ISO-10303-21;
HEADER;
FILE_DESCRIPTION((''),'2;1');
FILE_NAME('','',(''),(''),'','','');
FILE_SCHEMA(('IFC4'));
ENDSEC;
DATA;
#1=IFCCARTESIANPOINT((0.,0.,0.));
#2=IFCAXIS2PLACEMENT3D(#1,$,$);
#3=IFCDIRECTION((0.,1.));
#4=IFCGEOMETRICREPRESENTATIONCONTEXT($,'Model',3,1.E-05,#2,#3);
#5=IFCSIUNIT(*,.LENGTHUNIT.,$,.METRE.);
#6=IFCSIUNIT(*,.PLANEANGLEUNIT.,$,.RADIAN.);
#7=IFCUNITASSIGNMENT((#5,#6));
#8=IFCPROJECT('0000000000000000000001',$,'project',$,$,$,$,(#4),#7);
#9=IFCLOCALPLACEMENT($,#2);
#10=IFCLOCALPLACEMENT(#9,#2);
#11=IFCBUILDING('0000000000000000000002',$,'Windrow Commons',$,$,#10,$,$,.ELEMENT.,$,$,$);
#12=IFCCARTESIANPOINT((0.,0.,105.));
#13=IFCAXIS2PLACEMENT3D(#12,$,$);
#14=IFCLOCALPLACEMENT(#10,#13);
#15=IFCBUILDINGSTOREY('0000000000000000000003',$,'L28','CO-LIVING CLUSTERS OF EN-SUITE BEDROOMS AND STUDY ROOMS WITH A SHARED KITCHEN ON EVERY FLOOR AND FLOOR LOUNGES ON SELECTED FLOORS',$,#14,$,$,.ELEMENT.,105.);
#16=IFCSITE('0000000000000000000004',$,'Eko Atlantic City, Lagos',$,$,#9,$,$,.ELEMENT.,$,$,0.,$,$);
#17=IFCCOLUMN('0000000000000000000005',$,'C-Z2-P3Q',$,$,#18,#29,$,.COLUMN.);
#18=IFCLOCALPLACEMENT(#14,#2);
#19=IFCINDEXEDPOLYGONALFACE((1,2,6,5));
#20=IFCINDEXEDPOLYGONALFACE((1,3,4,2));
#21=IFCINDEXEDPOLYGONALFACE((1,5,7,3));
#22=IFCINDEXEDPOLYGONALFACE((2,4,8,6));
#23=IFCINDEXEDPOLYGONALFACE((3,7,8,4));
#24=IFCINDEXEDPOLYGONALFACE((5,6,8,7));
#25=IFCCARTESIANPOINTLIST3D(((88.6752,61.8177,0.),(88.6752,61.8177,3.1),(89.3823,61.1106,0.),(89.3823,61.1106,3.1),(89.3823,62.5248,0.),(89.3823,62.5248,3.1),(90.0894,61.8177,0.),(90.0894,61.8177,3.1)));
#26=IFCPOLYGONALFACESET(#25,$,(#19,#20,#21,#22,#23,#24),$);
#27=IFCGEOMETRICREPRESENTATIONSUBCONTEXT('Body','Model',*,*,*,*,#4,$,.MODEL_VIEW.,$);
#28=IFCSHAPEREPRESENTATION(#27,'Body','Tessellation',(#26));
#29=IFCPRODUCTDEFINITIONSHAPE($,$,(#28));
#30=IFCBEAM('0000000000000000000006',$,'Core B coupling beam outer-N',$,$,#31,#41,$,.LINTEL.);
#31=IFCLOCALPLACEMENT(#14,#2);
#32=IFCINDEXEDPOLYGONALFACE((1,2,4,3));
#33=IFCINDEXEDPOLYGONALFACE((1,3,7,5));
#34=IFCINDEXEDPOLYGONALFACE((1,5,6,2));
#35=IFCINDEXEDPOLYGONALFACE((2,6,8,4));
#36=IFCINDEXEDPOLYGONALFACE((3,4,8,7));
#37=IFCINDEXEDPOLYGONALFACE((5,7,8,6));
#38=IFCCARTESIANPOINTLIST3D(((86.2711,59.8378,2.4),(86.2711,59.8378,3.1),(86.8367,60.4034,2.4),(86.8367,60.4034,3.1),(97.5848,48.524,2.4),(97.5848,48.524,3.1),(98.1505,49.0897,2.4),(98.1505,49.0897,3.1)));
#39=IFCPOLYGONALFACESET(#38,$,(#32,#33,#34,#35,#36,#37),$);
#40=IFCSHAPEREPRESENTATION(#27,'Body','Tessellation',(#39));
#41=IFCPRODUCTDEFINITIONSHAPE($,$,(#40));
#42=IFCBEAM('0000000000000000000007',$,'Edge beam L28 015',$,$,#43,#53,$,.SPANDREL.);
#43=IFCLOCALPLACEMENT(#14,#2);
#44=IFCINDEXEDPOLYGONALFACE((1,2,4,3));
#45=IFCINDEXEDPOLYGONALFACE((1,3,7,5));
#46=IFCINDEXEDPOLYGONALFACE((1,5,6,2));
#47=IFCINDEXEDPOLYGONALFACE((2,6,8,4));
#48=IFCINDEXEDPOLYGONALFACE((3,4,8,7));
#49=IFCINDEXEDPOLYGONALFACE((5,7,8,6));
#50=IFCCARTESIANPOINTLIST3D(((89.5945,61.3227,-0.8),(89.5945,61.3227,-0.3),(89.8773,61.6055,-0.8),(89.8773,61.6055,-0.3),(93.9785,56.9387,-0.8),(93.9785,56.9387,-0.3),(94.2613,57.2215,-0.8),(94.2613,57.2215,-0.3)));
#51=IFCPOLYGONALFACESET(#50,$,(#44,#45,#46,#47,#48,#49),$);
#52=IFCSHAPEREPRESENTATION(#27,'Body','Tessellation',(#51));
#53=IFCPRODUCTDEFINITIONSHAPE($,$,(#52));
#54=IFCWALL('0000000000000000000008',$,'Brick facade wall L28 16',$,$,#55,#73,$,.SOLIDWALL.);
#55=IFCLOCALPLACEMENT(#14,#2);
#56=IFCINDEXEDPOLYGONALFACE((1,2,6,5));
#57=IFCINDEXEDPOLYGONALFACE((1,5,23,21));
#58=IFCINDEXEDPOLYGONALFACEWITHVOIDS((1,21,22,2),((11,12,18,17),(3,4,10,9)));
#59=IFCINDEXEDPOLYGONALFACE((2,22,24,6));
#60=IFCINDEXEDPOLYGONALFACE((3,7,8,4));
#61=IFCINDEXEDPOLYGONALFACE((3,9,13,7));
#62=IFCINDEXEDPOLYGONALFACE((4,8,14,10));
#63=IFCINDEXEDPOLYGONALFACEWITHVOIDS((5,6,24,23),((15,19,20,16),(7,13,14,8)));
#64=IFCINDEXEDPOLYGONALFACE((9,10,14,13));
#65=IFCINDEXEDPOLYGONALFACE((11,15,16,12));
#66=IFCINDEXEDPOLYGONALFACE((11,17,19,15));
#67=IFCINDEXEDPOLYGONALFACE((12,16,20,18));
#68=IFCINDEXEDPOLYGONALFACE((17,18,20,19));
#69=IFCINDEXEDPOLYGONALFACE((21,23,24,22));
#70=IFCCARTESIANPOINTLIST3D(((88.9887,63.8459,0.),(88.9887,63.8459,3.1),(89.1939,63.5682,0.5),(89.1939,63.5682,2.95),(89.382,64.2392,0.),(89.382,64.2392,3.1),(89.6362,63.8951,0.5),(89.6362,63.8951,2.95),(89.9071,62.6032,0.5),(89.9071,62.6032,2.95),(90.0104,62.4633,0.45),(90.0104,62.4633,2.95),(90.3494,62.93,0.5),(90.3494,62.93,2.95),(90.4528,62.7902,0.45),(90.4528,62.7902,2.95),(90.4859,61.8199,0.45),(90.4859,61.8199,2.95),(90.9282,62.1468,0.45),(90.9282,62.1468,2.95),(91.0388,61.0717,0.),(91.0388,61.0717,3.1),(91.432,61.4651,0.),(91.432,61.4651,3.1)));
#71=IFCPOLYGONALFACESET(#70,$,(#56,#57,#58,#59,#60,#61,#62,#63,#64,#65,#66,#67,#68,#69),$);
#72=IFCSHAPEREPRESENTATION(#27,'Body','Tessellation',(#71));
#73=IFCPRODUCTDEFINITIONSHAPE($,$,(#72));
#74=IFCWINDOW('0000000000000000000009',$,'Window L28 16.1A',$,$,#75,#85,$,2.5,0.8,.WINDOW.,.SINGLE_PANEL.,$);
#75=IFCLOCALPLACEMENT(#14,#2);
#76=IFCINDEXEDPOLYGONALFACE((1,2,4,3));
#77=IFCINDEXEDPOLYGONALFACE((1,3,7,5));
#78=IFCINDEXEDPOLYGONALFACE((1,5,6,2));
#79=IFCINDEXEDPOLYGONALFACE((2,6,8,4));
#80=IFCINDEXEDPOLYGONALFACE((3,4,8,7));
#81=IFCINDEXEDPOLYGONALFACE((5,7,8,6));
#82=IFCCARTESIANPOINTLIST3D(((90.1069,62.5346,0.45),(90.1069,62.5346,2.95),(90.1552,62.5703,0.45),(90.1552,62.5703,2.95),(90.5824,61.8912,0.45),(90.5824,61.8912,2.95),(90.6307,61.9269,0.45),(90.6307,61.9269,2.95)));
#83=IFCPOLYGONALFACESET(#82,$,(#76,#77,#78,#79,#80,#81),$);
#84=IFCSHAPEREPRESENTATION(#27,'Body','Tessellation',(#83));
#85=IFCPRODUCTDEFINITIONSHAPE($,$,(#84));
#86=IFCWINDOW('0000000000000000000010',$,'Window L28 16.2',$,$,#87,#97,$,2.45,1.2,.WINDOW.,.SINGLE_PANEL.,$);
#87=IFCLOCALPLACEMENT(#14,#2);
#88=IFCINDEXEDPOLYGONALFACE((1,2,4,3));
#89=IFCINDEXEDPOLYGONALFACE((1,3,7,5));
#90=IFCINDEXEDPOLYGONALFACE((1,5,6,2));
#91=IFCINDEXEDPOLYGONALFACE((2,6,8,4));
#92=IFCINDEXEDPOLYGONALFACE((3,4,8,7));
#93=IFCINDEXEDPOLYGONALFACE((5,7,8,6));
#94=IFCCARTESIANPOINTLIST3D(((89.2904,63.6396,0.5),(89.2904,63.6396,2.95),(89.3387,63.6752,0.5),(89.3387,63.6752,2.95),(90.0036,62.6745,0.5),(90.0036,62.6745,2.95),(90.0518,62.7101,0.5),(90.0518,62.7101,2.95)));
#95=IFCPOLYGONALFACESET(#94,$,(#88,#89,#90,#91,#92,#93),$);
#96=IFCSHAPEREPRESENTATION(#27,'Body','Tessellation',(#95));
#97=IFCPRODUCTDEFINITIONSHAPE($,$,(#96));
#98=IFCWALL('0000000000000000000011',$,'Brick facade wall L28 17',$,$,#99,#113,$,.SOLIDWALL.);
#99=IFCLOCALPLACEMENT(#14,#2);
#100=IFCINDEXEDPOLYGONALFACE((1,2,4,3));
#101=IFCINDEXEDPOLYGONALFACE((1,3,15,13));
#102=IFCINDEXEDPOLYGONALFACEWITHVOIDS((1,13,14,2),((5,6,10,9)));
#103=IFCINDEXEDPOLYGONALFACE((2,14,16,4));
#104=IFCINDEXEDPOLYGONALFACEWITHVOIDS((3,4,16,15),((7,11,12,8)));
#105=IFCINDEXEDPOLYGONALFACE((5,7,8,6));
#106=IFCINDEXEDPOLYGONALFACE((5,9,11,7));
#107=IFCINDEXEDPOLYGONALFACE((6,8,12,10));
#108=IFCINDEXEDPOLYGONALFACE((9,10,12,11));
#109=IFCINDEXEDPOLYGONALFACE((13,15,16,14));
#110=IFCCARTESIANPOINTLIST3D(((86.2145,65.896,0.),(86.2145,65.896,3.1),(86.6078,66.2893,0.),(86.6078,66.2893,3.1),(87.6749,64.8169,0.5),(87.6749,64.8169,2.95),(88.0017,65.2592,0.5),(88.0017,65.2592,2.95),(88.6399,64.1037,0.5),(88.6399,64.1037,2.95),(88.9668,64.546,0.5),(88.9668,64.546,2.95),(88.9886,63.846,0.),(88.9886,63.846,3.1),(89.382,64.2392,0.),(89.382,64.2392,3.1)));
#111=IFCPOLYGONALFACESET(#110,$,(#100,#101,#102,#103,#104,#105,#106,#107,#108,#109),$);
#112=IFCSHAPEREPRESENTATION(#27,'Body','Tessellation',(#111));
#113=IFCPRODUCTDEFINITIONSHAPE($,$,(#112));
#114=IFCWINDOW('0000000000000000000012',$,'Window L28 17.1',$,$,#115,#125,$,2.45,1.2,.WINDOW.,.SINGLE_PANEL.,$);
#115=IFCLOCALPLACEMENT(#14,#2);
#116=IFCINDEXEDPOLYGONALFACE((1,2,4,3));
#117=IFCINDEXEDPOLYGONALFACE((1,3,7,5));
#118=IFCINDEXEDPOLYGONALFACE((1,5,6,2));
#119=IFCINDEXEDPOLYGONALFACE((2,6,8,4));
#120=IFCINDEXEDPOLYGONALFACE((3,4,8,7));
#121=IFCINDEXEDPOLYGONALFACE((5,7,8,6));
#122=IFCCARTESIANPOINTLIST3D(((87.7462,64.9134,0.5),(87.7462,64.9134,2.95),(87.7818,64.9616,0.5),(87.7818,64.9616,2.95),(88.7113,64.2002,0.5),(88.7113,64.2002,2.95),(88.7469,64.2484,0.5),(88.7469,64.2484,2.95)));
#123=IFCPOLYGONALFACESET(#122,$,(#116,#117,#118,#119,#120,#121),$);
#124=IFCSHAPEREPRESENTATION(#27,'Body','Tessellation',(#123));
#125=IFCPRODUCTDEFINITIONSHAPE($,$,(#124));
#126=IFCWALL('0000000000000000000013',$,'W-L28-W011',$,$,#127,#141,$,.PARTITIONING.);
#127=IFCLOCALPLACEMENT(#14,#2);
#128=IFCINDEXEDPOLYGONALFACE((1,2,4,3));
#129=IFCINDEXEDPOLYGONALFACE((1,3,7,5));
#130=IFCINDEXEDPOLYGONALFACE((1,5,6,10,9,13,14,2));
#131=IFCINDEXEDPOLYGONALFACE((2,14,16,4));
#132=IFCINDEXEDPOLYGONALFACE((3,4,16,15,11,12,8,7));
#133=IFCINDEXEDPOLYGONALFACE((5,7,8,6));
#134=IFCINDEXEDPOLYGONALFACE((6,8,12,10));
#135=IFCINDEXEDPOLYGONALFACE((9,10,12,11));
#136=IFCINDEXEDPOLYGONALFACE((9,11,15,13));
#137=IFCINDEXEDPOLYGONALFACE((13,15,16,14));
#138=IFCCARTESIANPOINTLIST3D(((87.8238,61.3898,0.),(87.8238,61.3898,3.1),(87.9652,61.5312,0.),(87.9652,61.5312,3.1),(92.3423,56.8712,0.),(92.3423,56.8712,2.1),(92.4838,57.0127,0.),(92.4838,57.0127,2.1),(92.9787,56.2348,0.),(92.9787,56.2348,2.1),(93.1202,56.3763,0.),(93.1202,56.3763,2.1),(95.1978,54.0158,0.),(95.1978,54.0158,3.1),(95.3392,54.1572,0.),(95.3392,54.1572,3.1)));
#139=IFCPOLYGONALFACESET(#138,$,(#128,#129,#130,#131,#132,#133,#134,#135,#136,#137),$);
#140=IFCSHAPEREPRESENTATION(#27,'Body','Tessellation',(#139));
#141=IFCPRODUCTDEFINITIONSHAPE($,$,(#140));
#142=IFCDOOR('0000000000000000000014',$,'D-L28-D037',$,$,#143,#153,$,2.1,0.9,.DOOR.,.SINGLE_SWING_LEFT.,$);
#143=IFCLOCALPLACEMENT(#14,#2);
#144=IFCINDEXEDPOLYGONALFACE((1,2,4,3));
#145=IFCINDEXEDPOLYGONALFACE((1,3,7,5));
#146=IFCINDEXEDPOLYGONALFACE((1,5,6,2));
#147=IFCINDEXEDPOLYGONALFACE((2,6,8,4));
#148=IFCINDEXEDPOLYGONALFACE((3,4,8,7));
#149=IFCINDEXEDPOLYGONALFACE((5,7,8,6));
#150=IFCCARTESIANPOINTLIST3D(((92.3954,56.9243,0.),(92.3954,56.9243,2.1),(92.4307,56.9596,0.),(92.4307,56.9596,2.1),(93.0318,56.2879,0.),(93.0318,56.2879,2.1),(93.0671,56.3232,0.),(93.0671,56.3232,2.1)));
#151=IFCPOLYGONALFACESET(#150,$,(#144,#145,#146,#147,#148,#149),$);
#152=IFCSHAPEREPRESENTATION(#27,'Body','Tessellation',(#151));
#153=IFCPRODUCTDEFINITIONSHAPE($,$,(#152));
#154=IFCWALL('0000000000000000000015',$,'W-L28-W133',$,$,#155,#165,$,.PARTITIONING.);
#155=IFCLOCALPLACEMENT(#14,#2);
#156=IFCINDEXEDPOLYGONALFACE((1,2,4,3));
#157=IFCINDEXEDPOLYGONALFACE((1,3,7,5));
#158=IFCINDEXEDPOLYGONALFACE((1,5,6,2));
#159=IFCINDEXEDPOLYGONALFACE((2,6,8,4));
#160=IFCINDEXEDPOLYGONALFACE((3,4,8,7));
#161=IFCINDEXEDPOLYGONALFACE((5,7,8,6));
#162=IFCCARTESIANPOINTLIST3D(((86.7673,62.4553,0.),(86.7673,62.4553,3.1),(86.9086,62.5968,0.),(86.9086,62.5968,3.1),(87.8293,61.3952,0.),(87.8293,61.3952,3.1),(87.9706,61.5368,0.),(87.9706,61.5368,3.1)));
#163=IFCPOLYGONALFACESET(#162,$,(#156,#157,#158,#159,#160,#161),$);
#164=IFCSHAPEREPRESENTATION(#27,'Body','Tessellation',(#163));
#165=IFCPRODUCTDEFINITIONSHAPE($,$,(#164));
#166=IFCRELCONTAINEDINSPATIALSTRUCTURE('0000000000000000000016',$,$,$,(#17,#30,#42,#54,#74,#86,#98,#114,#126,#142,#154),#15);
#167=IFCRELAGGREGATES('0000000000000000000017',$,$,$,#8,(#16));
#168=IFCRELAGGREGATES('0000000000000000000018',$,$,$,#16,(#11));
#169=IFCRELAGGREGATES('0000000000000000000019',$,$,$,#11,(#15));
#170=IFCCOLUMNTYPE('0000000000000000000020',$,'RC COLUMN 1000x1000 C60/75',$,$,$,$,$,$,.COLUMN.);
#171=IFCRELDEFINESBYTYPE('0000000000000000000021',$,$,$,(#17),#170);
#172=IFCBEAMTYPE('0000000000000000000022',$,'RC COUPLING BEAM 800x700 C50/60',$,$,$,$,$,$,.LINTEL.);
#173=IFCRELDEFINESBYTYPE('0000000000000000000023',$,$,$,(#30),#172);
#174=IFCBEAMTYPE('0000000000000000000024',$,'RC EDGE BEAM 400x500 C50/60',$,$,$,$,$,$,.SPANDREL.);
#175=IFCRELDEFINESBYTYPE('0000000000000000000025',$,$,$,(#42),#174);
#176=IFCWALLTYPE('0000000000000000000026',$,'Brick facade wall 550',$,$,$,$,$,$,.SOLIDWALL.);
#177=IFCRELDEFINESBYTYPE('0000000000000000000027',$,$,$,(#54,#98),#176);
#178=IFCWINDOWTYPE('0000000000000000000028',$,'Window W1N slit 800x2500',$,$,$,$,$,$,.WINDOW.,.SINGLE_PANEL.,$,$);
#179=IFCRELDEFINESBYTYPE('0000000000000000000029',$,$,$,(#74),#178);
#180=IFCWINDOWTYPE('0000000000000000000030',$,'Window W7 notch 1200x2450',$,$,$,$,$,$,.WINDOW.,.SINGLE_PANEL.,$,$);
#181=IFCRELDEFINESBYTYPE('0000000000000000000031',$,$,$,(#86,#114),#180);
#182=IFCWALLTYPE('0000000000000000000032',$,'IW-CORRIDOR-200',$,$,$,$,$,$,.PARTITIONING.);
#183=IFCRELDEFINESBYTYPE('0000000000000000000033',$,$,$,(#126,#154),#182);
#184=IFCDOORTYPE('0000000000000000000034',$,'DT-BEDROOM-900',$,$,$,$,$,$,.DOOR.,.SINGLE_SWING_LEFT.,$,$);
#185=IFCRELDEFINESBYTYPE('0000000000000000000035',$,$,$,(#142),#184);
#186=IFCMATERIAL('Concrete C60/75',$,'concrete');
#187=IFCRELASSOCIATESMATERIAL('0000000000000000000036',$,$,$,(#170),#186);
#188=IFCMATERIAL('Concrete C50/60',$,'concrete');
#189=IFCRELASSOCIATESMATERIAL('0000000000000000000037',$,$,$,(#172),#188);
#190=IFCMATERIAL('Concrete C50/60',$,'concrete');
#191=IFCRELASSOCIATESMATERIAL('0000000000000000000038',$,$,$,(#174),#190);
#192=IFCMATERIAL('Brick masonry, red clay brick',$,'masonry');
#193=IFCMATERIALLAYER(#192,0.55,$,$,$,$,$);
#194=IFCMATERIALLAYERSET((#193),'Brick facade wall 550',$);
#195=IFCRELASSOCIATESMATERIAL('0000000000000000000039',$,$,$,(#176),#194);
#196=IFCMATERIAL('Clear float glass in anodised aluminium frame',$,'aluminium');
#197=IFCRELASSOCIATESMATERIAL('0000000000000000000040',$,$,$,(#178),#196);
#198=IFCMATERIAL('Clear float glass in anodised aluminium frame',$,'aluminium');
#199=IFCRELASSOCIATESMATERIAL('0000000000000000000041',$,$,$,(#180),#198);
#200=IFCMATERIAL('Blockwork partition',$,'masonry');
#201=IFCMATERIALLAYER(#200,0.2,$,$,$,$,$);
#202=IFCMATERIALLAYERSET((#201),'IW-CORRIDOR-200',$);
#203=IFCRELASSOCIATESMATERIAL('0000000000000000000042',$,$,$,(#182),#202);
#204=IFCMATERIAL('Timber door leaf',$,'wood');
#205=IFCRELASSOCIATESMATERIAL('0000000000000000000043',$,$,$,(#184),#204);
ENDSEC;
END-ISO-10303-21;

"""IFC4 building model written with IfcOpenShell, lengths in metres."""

from ifc_helpers import new_model, si_unit, direction, frame, frame_2d, origin, origin_2d, place, context, subcontext, project, spatial, polyline, rectangle, outline, extrude, material, layer, layer_set, material_profile, profile_set, type_object, element, fill, save


model = new_model("IFC4")

# Units and contexts
model_context = context("Model", 3, precision=1e-05, world=origin(), true_north=direction((0.0, 1.0)))
body_context = subcontext(model_context, "Body", "Model", "MODEL_VIEW")
ifc_project = project(units=[si_unit("LENGTHUNIT", "METRE"), si_unit("PLANEANGLEUNIT", "RADIAN")], contexts=[model_context])

# Site, building, storey
site_placement = place(None, origin())
site = spatial("IfcSite", under=ifc_project, at=site_placement, Name="Eko Atlantic City, Lagos", CompositionType="ELEMENT", RefElevation=0.0)
building_placement = place(site_placement, origin())
building = spatial("IfcBuilding", under=site, at=building_placement, Name="Windrow Commons", CompositionType="ELEMENT")
storey_placement = place(building_placement, frame((0.0, 0.0, 105.0)))
storey = spatial("IfcBuildingStorey", under=building, at=storey_placement, Name="L28", Description="CO-LIVING CLUSTERS OF EN-SUITE BEDROOMS AND STUDY ROOMS WITH A SHARED KITCHEN ON EVERY FLOOR AND FLOOR LOUNGES ON SELECTED FLOORS", CompositionType="ELEMENT", Elevation=105.0)

# Column
ifc_material_1 = material(Name="Concrete C60/75", Category="concrete")
ifc_material_profile_1 = material_profile(ifc_material_1, rectangle(XDim=1.0, YDim=1.0, at=origin_2d()))
ifc_profile_set_1 = profile_set([ifc_material_profile_1], Name="Concrete C60/75")
column_type = type_object("IfcColumnType", Name="RC COLUMN 1000x1000 C60/75", PredefinedType="COLUMN", material=ifc_profile_set_1)
column_placement = place(storey_placement, frame((89.3823, 61.8177, 0.0), z_axis=(0.0, 0.0, 1.0), x_axis=(0.707107, -0.707107, 0.0)))
element("IfcColumn", 1, at=column_placement, inside=storey, type_object=column_type, Name="C-Z2-P3Q", PredefinedType="COLUMN", context=body_context, shape_type="SweptSolid", body=[
    extrude(rectangle(XDim=1.0, YDim=1.0, at=origin_2d()), origin(), (0.0, 0.0, 1.0), 3.1),
])

# Beams
ifc_material_2 = material(Name="Concrete C50/60", Category="concrete")
ifc_material_profile_2 = material_profile(ifc_material_2, rectangle(XDim=0.8, YDim=0.7, at=origin_2d()))
ifc_profile_set_2 = profile_set([ifc_material_profile_2], Name="Concrete C50/60")
beam_type_1 = type_object("IfcBeamType", Name="RC COUPLING BEAM 800x700 C50/60", PredefinedType="LINTEL", material=ifc_profile_set_2)
beam_1_placement = place(storey_placement, frame((86.5539, 60.1206, 2.75), z_axis=(0.707107, -0.707107, 0.0), x_axis=(0.707107, 0.707107, 0.0)))
element("IfcBeam", 2, at=beam_1_placement, inside=storey, type_object=beam_type_1, Name="Core B coupling beam outer-N", PredefinedType="LINTEL", context=body_context, shape_type="SweptSolid", body=[
    extrude(rectangle(XDim=0.8, YDim=0.7, at=origin_2d()), origin(), (0.0, 0.0, 1.0), 16.0),
])
ifc_material_3 = material(Name="Concrete C50/60", Category="concrete")
ifc_material_profile_3 = material_profile(ifc_material_3, rectangle(XDim=0.4, YDim=0.5, at=origin_2d()))
ifc_profile_set_3 = profile_set([ifc_material_profile_3], Name="Concrete C50/60")
beam_type_2 = type_object("IfcBeamType", Name="RC EDGE BEAM 400x500 C50/60", PredefinedType="SPANDREL", material=ifc_profile_set_3)
beam_2_placement = place(storey_placement, frame((89.7359, 61.4641, -0.55), z_axis=(0.707107, -0.707107, 0.0), x_axis=(0.707107, 0.707107, 0.0)))
element("IfcBeam", 3, at=beam_2_placement, inside=storey, type_object=beam_type_2, Name="Edge beam L28 015", PredefinedType="SPANDREL", context=body_context, shape_type="SweptSolid", body=[
    extrude(rectangle(XDim=0.4, YDim=0.5, at=origin_2d()), origin(), (0.0, 0.0, 1.0), 6.1999),
])

# Wall, openings, windows
ifc_material_4 = material(Name="Brick masonry, red clay brick", Category="masonry")
ifc_layer_1 = layer(ifc_material_4, 0.55)
ifc_layer_set_1 = layer_set([ifc_layer_1], Name="Brick facade wall 550")
wall_type_1 = type_object("IfcWallType", Name="Brick facade wall 550", PredefinedType="SOLIDWALL", material=ifc_layer_set_1)
wall_1_placement = place(storey_placement, frame((91.2354, 61.2684, 0.0), z_axis=(0.0, 0.0, 1.0), x_axis=(-0.594317, 0.804231, 0.0)))
wall_1 = element("IfcWall", 4, at=wall_1_placement, inside=storey, type_object=wall_type_1, Name="Brick facade wall L28 16", PredefinedType="SOLIDWALL", context=body_context, shape_type="SweptSolid", body=[
    extrude(outline(polyline([(0.0413, -0.275), (3.4907, -0.275), (3.4082, 0.275), (-0.0413, 0.275), (0.0413, -0.275)])), origin(), (0.0, 0.0, 1.0), 3.1),
])
opening_1_placement = place(wall_1_placement, frame((1.8629, 0.0, 0.5)))
opening_1 = element("IfcOpeningElement", 5, at=opening_1_placement, cuts=wall_1, PredefinedType="OPENING", context=body_context, shape_type="SweptSolid", body=[
    extrude(rectangle(XDim=1.2, YDim=2.45, at=frame_2d((0.6, 1.225))), frame((0.0, 0.285, 0.0), z_axis=(0.0, -1.0, 0.0), x_axis=(1.0, 0.0, 0.0)), (0.0, 0.0, 1.0), 0.57),
])
opening_2_placement = place(wall_1_placement, frame((0.889, 0.0, 0.45)))
opening_2 = element("IfcOpeningElement", 6, at=opening_2_placement, cuts=wall_1, PredefinedType="OPENING", context=body_context, shape_type="SweptSolid", body=[
    extrude(rectangle(XDim=0.8, YDim=2.5, at=frame_2d((0.4, 1.25))), frame((0.0, 0.285, 0.0), z_axis=(0.0, -1.0, 0.0), x_axis=(1.0, 0.0, 0.0)), (0.0, 0.0, 1.0), 0.57),
])
ifc_material_5 = material(Name="Clear float glass in anodised aluminium frame", Category="aluminium")
window_type_1 = type_object("IfcWindowType", Name="Window W1N slit 800x2500", PartitioningType="SINGLE_PANEL", PredefinedType="WINDOW", material=ifc_material_5)
window_1_placement = place(opening_2_placement, origin())
window_1 = element("IfcWindow", 7, at=window_1_placement, inside=storey, type_object=window_type_1, Name="Window L28 16.1A", OverallHeight=2.5, OverallWidth=0.8, PartitioningType="SINGLE_PANEL", PredefinedType="WINDOW", context=body_context, shape_type="SweptSolid", body=[
    extrude(rectangle(XDim=0.8, YDim=2.5, at=frame_2d((0.4, 1.25))), frame((0.0, 0.155, 0.0), z_axis=(0.0, -1.0, 0.0), x_axis=(1.0, 0.0, 0.0)), (0.0, 0.0, 1.0), 0.06),
])
fill(opening_2, window_1)
ifc_material_6 = material(Name="Clear float glass in anodised aluminium frame", Category="aluminium")
window_type_2 = type_object("IfcWindowType", Name="Window W7 notch 1200x2450", PartitioningType="SINGLE_PANEL", PredefinedType="WINDOW", material=ifc_material_6)
window_2_placement = place(opening_1_placement, origin())
window_2 = element("IfcWindow", 8, at=window_2_placement, inside=storey, type_object=window_type_2, Name="Window L28 16.2", OverallHeight=2.45, OverallWidth=1.2, PartitioningType="SINGLE_PANEL", PredefinedType="WINDOW", context=body_context, shape_type="SweptSolid", body=[
    extrude(rectangle(XDim=1.2, YDim=2.45, at=frame_2d((0.6, 1.225))), frame((0.0, 0.155, 0.0), z_axis=(0.0, -1.0, 0.0), x_axis=(1.0, 0.0, 0.0)), (0.0, 0.0, 1.0), 0.06),
])
fill(opening_1, window_2)

# Wall, opening, window
wall_2_placement = place(storey_placement, frame((89.1853, 64.0426, 0.0), z_axis=(0.0, 0.0, 1.0), x_axis=(-0.804231, 0.594317, 0.0)))
wall_2 = element("IfcWall", 9, at=wall_2_placement, inside=storey, type_object=wall_type_1, Name="Brick facade wall L28 17", PredefinedType="SOLIDWALL", context=body_context, shape_type="SweptSolid", body=[
    extrude(outline(polyline([(-0.0413, -0.275), (3.4082, -0.275), (3.4907, 0.275), (0.0413, 0.275), (-0.0413, -0.275)])), origin(), (0.0, 0.0, 1.0), 3.1),
])
opening_3_placement = place(wall_2_placement, frame((0.4749, 0.0, 0.5)))
opening_3 = element("IfcOpeningElement", 10, at=opening_3_placement, cuts=wall_2, PredefinedType="OPENING", context=body_context, shape_type="SweptSolid", body=[
    extrude(rectangle(XDim=1.2, YDim=2.45, at=frame_2d((0.6, 1.225))), frame((0.0, 0.285, 0.0), z_axis=(0.0, -1.0, 0.0), x_axis=(1.0, 0.0, 0.0)), (0.0, 0.0, 1.0), 0.57),
])
window_3_placement = place(opening_3_placement, origin())
window_3 = element("IfcWindow", 11, at=window_3_placement, inside=storey, type_object=window_type_2, Name="Window L28 17.1", OverallHeight=2.45, OverallWidth=1.2, PartitioningType="SINGLE_PANEL", PredefinedType="WINDOW", context=body_context, shape_type="SweptSolid", body=[
    extrude(rectangle(XDim=1.2, YDim=2.45, at=frame_2d((0.6, 1.225))), frame((0.0, 0.155, 0.0), z_axis=(0.0, -1.0, 0.0), x_axis=(1.0, 0.0, 0.0)), (0.0, 0.0, 1.0), 0.06),
])
fill(opening_3, window_3)

# Wall, opening, door
ifc_material_7 = material(Name="Blockwork partition", Category="masonry")
ifc_layer_2 = layer(ifc_material_7, 0.2)
ifc_layer_set_2 = layer_set([ifc_layer_2], Name="IW-CORRIDOR-200")
wall_type_2 = type_object("IfcWallType", Name="IW-CORRIDOR-200", PredefinedType="PARTITIONING", material=ifc_layer_set_2)
wall_3_placement = place(storey_placement, frame((87.8945, 61.4605, 0.0), z_axis=(0.0, 0.0, 1.0), x_axis=(0.707107, -0.707107, 0.0)))
wall_3 = element("IfcWall", 12, at=wall_3_placement, inside=storey, type_object=wall_type_2, Name="W-L28-W011", PredefinedType="PARTITIONING", context=body_context, shape_type="SweptSolid", body=[
    extrude(rectangle(XDim=10.4284, YDim=0.2, at=frame_2d((5.2142, 0.0))), origin(), (0.0, 0.0, 1.0), 3.1),
])
opening_4_placement = place(wall_3_placement, frame((6.3902, 0.0, 0.0)))
opening_4 = element("IfcOpeningElement", 13, at=opening_4_placement, cuts=wall_3, PredefinedType="OPENING", context=body_context, shape_type="SweptSolid", body=[
    extrude(rectangle(XDim=0.9, YDim=2.1, at=frame_2d((0.45, 1.05))), frame((0.0, 0.11, 0.0), z_axis=(0.0, -1.0, 0.0), x_axis=(1.0, 0.0, 0.0)), (0.0, 0.0, 1.0), 0.22),
])
ifc_material_8 = material(Name="Timber door leaf", Category="wood")
door_type_1 = type_object("IfcDoorType", Name="DT-BEDROOM-900", OperationType="SINGLE_SWING_LEFT", PredefinedType="DOOR", material=ifc_material_8)
door_1_placement = place(opening_4_placement, origin())
door_1 = element("IfcDoor", 14, at=door_1_placement, inside=storey, type_object=door_type_1, Name="D-L28-D037", OperationType="SINGLE_SWING_LEFT", OverallHeight=2.1, OverallWidth=0.9, PredefinedType="DOOR", context=body_context, shape_type="SweptSolid", body=[
    extrude(rectangle(XDim=0.9, YDim=2.1, at=frame_2d((0.45, 1.05))), frame((0.0, 0.025, 0.0), z_axis=(0.0, -1.0, 0.0), x_axis=(1.0, 0.0, 0.0)), (0.0, 0.0, 1.0), 0.05),
])
fill(opening_4, door_1)

# Wall
wall_4_placement = place(storey_placement, frame((86.838, 62.526, 0.0), z_axis=(0.0, 0.0, 1.0), x_axis=(0.707773, -0.70644, 0.0)))
element("IfcWall", 15, at=wall_4_placement, inside=storey, type_object=wall_type_2, Name="W-L28-W133", PredefinedType="PARTITIONING", context=body_context, shape_type="SweptSolid", body=[
    extrude(rectangle(XDim=1.5005, YDim=0.2, at=frame_2d((0.7502, 0.0))), origin(), (0.0, 0.0, 1.0), 3.1),
])

save(model, "model.ifc")
